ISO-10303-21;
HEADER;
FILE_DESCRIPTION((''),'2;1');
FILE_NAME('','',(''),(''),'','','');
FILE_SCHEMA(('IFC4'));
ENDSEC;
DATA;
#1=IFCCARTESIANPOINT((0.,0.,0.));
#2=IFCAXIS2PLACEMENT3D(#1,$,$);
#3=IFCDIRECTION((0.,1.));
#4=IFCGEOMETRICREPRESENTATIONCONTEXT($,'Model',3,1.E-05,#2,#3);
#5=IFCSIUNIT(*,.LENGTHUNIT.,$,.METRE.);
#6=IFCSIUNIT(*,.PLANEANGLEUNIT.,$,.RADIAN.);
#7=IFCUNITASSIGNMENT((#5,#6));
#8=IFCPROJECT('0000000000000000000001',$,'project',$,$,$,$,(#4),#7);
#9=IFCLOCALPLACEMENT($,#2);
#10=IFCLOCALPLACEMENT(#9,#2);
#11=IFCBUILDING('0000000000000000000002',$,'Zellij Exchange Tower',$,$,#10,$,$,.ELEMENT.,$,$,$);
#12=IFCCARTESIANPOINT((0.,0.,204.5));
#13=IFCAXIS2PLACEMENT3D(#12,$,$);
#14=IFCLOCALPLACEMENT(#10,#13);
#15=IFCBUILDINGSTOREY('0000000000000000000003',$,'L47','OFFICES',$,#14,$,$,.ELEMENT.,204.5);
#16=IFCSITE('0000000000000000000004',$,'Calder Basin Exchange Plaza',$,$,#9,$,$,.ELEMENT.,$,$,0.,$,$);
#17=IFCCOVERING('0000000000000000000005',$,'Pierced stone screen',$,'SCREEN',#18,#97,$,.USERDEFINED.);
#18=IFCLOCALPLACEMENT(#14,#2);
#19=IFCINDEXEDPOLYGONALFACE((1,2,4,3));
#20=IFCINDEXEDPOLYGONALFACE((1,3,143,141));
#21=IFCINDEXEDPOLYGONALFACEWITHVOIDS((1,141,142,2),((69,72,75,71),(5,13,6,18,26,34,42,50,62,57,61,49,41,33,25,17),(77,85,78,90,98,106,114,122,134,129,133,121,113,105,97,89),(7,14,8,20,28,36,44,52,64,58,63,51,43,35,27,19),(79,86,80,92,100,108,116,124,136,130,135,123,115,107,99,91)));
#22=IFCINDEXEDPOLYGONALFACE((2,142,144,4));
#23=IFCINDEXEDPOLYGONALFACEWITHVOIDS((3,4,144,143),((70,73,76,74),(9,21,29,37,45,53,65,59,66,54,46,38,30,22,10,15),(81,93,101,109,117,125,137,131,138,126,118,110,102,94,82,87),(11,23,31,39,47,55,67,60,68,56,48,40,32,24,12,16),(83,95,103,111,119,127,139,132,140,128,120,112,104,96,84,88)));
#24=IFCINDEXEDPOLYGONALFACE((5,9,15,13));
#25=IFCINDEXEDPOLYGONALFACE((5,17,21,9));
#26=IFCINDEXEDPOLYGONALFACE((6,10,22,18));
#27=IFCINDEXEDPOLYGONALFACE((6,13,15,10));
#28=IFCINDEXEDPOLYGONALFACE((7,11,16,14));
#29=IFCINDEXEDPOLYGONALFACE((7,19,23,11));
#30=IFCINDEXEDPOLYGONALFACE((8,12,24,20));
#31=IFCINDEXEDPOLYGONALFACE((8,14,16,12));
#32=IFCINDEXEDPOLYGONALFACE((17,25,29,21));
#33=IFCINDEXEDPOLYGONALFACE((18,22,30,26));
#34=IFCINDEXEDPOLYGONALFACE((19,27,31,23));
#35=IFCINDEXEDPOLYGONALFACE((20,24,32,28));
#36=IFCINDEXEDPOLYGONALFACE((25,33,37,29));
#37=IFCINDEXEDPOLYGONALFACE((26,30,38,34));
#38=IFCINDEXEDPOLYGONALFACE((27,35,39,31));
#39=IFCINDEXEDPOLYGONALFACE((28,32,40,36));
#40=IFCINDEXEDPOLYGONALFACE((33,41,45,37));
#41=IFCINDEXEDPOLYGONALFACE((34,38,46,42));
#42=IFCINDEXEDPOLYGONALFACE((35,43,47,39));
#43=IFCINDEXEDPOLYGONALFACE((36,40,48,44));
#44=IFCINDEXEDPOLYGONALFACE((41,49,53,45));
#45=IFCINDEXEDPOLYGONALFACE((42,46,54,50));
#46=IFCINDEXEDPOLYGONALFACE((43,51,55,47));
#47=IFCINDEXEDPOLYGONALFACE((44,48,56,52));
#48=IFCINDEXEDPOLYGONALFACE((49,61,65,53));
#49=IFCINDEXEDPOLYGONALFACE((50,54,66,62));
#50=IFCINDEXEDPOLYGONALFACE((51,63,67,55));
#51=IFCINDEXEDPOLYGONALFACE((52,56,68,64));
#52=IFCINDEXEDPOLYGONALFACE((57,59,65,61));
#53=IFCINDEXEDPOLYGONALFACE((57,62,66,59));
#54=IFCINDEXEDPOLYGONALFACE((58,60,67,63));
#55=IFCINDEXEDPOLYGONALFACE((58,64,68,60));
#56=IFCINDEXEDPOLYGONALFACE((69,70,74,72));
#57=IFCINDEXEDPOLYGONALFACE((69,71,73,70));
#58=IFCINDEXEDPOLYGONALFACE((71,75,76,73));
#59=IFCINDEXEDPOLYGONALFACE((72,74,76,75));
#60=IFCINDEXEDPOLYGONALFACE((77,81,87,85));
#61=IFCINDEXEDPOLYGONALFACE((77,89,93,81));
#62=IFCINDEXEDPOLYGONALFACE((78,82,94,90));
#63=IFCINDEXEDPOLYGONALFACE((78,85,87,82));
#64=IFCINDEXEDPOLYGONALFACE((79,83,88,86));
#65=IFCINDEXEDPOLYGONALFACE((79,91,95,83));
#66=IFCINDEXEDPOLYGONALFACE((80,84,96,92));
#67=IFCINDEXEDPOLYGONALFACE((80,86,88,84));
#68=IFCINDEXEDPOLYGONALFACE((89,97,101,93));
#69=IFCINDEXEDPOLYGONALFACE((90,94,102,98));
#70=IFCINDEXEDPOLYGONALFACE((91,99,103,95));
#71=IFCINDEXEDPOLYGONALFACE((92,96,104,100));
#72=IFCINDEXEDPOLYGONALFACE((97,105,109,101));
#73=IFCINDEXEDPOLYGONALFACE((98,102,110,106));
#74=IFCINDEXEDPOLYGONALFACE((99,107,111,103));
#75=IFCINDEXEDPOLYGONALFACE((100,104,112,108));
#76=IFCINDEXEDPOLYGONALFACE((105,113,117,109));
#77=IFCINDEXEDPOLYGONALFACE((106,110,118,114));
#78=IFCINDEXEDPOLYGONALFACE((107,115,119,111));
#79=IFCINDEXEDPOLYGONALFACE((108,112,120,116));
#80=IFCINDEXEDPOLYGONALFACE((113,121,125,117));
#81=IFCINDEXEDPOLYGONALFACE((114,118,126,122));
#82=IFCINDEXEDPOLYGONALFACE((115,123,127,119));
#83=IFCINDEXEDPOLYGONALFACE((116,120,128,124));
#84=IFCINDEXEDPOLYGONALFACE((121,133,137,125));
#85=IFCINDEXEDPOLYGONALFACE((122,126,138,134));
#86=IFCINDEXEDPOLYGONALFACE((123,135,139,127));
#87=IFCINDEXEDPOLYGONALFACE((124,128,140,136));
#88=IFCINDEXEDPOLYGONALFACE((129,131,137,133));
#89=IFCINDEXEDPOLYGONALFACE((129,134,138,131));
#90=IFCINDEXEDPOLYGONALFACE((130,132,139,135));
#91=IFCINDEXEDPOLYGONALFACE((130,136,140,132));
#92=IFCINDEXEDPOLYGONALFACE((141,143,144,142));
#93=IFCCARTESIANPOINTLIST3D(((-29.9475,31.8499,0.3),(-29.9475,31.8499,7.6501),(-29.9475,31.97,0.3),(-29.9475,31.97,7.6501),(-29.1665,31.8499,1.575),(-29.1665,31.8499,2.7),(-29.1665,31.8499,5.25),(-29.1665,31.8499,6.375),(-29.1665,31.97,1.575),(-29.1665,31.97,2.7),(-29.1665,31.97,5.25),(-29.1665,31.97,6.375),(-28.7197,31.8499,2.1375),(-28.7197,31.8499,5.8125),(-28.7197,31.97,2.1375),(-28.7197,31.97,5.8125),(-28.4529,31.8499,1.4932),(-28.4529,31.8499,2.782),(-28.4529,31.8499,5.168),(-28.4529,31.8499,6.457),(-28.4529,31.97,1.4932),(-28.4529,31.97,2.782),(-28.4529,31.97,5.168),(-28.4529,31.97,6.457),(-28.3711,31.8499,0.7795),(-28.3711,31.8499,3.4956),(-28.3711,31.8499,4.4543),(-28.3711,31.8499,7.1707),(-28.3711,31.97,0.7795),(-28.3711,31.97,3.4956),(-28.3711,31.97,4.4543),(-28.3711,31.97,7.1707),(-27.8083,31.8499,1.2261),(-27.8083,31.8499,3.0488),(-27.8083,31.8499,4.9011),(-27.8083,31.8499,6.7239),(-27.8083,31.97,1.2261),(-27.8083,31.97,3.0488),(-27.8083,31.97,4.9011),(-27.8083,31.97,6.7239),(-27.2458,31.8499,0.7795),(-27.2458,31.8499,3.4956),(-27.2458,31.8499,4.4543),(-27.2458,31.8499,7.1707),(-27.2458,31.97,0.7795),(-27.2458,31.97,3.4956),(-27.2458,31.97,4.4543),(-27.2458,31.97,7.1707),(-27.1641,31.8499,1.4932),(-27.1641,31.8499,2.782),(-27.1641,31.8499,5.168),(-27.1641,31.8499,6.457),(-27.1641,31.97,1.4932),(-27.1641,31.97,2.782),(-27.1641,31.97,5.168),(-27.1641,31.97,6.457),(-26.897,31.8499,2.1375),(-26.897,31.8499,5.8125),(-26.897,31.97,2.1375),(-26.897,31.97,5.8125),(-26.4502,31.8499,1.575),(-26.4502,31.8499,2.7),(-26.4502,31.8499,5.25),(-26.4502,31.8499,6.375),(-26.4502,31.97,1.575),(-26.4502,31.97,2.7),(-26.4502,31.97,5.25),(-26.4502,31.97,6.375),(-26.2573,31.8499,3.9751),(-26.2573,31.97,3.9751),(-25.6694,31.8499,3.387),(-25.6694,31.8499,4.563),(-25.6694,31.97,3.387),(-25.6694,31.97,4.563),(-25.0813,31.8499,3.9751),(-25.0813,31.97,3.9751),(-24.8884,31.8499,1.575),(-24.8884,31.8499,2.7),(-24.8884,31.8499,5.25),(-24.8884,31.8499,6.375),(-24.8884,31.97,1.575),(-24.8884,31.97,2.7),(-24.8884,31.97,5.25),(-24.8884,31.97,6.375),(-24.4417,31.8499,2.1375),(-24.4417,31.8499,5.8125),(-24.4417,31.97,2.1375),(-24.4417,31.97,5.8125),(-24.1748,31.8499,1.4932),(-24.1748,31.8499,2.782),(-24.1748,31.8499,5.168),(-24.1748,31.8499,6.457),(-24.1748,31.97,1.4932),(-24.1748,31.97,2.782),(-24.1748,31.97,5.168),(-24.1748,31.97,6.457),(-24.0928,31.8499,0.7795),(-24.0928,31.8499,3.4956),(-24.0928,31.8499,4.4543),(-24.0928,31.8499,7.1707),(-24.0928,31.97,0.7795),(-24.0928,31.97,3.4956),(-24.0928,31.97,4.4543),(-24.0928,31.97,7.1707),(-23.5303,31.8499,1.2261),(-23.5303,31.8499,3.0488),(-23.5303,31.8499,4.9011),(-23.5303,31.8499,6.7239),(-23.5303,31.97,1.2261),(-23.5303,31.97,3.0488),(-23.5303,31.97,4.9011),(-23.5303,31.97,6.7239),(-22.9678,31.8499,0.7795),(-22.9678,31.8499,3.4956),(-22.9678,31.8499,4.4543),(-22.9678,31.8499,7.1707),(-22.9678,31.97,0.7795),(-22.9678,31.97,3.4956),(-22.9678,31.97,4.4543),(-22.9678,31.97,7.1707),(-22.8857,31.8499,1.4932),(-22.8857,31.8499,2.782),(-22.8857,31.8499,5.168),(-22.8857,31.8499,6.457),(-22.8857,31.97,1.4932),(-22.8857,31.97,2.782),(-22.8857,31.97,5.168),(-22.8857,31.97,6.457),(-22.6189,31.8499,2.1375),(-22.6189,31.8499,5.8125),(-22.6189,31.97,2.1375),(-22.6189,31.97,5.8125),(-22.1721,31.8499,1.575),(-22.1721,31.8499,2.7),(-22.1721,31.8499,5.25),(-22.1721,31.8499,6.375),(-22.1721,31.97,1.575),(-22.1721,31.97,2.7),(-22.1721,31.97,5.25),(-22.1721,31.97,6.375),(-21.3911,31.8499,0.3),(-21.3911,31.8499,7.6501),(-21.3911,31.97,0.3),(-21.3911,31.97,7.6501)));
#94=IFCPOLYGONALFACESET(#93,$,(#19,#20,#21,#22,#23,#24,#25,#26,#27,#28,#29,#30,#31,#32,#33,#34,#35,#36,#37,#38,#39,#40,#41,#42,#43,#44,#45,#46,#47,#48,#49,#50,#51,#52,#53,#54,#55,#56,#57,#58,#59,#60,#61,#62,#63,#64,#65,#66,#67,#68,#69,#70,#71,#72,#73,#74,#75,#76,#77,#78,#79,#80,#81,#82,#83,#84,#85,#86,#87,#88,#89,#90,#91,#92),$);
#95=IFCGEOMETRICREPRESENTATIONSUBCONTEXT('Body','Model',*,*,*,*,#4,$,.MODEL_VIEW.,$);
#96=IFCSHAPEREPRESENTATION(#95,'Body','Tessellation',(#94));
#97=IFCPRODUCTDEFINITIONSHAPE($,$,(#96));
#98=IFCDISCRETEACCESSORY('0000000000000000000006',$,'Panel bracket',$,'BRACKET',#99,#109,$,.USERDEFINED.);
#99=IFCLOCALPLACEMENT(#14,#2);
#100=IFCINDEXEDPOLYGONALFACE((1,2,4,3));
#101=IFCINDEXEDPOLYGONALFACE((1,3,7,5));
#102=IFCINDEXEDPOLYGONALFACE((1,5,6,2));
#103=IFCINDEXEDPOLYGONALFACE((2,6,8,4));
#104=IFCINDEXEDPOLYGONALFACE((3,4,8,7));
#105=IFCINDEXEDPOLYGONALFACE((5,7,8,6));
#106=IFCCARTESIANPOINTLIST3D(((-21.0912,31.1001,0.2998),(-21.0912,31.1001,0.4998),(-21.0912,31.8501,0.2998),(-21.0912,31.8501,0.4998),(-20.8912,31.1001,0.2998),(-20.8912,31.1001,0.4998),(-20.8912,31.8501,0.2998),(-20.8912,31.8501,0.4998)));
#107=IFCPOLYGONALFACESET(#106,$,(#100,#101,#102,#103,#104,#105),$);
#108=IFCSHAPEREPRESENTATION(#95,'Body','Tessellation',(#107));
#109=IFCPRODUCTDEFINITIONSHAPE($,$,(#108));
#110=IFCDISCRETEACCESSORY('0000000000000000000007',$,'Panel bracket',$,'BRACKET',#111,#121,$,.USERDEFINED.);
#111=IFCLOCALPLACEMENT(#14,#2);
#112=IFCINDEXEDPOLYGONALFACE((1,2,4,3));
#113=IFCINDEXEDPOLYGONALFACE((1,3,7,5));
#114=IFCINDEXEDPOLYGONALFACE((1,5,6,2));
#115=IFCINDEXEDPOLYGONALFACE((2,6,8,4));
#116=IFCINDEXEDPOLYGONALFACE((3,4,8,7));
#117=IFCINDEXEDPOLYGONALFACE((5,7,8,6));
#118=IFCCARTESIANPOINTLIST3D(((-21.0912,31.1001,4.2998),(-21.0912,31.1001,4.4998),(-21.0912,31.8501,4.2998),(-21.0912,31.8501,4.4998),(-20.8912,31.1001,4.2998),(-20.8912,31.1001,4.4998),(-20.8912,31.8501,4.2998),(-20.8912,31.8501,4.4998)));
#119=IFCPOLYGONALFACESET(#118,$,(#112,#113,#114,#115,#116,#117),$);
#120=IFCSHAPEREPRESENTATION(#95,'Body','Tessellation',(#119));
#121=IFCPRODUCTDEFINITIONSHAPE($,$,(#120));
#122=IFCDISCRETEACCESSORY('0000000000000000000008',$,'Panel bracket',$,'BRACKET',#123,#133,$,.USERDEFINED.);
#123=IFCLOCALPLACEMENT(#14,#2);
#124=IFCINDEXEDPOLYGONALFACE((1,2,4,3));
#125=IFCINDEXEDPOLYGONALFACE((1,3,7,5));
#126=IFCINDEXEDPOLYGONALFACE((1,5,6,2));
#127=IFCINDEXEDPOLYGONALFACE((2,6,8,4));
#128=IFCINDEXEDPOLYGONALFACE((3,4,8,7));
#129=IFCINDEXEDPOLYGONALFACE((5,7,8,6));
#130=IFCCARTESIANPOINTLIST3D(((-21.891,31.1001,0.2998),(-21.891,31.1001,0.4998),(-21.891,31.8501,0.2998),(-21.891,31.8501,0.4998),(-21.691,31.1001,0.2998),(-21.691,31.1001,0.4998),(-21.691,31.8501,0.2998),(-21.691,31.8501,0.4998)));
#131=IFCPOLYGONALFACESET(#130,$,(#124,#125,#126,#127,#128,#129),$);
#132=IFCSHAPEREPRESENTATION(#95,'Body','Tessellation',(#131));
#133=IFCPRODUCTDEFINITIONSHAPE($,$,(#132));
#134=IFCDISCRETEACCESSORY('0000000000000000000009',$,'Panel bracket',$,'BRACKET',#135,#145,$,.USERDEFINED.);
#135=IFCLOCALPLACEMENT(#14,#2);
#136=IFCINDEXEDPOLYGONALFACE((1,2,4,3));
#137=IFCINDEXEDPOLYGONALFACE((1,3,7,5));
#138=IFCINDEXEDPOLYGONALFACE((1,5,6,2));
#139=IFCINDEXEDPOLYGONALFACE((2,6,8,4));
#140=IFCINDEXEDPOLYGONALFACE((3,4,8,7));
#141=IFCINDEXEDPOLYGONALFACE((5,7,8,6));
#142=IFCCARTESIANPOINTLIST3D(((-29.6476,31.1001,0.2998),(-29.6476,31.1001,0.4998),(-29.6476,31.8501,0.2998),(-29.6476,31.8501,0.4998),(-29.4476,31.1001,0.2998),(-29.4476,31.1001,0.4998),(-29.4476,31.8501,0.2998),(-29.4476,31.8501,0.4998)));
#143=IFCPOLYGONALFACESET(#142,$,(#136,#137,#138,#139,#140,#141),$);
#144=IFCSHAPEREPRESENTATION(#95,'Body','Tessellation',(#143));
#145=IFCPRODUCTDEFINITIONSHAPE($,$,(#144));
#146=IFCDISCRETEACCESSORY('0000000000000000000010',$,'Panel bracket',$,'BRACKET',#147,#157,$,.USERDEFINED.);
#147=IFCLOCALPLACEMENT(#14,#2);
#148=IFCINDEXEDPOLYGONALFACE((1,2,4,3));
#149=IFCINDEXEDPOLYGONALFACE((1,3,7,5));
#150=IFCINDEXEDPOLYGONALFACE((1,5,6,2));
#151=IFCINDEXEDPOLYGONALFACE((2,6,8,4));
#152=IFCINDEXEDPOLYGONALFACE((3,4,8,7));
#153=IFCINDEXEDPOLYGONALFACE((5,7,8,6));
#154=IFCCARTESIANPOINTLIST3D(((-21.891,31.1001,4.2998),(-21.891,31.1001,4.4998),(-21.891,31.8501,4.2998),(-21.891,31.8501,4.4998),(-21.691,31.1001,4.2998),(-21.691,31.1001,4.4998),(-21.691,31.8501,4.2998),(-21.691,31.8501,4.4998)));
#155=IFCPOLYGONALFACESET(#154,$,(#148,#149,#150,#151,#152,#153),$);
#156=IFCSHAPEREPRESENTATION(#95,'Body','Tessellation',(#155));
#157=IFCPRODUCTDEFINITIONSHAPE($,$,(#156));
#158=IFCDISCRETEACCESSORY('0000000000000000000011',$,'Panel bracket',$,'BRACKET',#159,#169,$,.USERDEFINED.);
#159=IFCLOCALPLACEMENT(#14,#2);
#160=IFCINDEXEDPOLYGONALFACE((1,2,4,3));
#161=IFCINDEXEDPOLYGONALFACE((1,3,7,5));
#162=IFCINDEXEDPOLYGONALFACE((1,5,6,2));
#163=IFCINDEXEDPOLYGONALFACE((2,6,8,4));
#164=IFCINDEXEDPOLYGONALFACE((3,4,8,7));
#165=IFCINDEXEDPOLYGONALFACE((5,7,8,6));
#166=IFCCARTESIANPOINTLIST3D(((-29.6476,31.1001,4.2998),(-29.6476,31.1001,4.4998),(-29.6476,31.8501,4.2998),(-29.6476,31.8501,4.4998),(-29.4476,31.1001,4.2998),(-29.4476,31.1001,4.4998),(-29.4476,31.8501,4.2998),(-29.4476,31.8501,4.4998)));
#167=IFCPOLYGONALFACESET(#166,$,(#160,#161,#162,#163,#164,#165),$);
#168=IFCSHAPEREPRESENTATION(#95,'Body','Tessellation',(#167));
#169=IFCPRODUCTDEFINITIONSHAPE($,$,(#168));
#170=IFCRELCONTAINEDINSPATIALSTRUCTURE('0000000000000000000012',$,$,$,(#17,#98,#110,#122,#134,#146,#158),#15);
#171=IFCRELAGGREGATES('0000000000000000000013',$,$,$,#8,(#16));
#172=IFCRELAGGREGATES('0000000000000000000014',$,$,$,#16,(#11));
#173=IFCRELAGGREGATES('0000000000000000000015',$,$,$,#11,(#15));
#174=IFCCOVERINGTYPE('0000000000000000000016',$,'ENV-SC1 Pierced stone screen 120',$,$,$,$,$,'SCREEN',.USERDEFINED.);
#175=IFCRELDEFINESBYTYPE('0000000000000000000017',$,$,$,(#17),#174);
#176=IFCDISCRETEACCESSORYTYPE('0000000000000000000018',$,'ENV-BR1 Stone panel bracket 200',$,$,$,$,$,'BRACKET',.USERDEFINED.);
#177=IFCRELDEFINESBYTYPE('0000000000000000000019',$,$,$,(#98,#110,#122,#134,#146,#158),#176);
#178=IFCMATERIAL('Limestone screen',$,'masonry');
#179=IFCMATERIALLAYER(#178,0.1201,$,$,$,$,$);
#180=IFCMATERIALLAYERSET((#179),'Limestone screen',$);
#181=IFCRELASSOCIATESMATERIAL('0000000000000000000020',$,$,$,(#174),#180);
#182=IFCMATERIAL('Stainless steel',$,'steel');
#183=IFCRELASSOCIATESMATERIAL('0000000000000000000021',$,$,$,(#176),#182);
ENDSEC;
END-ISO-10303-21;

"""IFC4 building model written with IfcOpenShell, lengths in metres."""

from ifc_helpers import new_model, si_unit, direction, frame, origin, origin_2d, place, context, subcontext, project, spatial, polyline, rectangle, outline, extrude, material, layer, layer_set, type_object, element, save


model = new_model("IFC4")

# Units and contexts
model_context = context("Model", 3, precision=1e-05, world=origin(), true_north=direction((0.0, 1.0)))
body_context = subcontext(model_context, "Body", "Model", "MODEL_VIEW")
ifc_project = project(units=[si_unit("LENGTHUNIT", "METRE"), si_unit("PLANEANGLEUNIT", "RADIAN")], contexts=[model_context])

# Site, building, storey
site_placement = place(None, origin())
site = spatial("IfcSite", under=ifc_project, at=site_placement, Name="Calder Basin Exchange Plaza", CompositionType="ELEMENT", RefElevation=0.0)
building_placement = place(site_placement, origin())
building = spatial("IfcBuilding", under=site, at=building_placement, Name="Zellij Exchange Tower", CompositionType="ELEMENT")
storey_placement = place(building_placement, frame((0.0, 0.0, 204.5)))
storey = spatial("IfcBuildingStorey", under=building, at=storey_placement, Name="L47", Description="OFFICES", CompositionType="ELEMENT", Elevation=204.5)

# Covering
ifc_material_1 = material(Name="Limestone screen", Category="masonry")
ifc_layer_1 = layer(ifc_material_1, 0.1201)
ifc_layer_set_1 = layer_set([ifc_layer_1], Name="Limestone screen")
covering_type = type_object("IfcCoveringType", Name="ENV-SC1 Pierced stone screen 120", ElementType="SCREEN", PredefinedType="USERDEFINED", material=ifc_layer_set_1)
covering_placement = place(storey_placement, frame((-21.3911, 31.9099, 0.3), z_axis=(0.0, 0.0, 1.0), x_axis=(-1.0, 0.0, 0.0)))
element("IfcCovering", 1, at=covering_placement, inside=storey, type_object=covering_type, Name="Pierced stone screen", ObjectType="SCREEN", PredefinedType="USERDEFINED", context=body_context, shape_type="SweptSolid", body=[
    extrude(outline(polyline([(0.0, 0.0), (8.5564, 0.0), (8.5564, 7.3501), (0.0, 7.3501), (0.0, 0.0)]), holes=[polyline([(3.4973, 2.3999), (2.7837, 2.4819), (2.7017, 3.1956), (2.1392, 2.7488), (1.5767, 3.1956), (1.4946, 2.4819), (0.781, 2.3999), (1.2278, 1.8374), (0.781, 1.2749), (1.4946, 1.1931), (1.5767, 0.4795), (2.1392, 0.926), (2.7017, 0.4795), (2.7837, 1.1931), (3.4973, 1.2749), (3.0505, 1.8374), (3.4973, 2.3999)]), polyline([(3.4973, 6.075), (2.7837, 6.157), (2.7017, 6.8706), (2.1392, 6.4238), (1.5767, 6.8706), (1.4946, 6.157), (0.781, 6.075), (1.2278, 5.5125), (0.781, 4.95), (1.4946, 4.8679), (1.5767, 4.1543), (2.1392, 4.6011), (2.7017, 4.1543), (2.7837, 4.8679), (3.4973, 4.95), (3.0505, 5.5125), (3.4973, 6.075)]), polyline([(7.7754, 2.3999), (7.0618, 2.4819), (6.98, 3.1956), (6.4172, 2.7488), (5.8547, 3.1956), (5.7729, 2.4819), (5.0591, 2.3999), (5.5059, 1.8374), (5.0591, 1.2749), (5.7729, 1.1931), (5.8547, 0.4795), (6.4172, 0.926), (6.98, 0.4795), (7.0618, 1.1931), (7.7754, 1.2749), (7.3286, 1.8374), (7.7754, 2.3999)]), polyline([(7.7754, 6.075), (7.0618, 6.157), (6.98, 6.8706), (6.4172, 6.4238), (5.8547, 6.8706), (5.7729, 6.157), (5.0591, 6.075), (5.5059, 5.5125), (5.0591, 4.95), (5.7729, 4.8679), (5.8547, 4.1543), (6.4172, 4.6011), (6.98, 4.1543), (7.0618, 4.8679), (7.7754, 4.95), (7.3286, 5.5125), (7.7754, 6.075)]), polyline([(4.8662, 3.675), (4.2783, 4.2629), (3.6902, 3.675), (4.2783, 3.0869), (4.8662, 3.675)])]), frame((0.0, 0.0601, 0.0), z_axis=(0.0, -1.0, 0.0), x_axis=(1.0, 0.0, 0.0)), (0.0, 0.0, 1.0), 0.1201),
])

# Discrete accessories
ifc_material_2 = material(Name="Stainless steel", Category="steel")
discrete_accessory_type = type_object("IfcDiscreteAccessoryType", Name="ENV-BR1 Stone panel bracket 200", ElementType="BRACKET", PredefinedType="USERDEFINED", material=ifc_material_2)
for number, where, z_axis, x_axis, name in (
    (2, (-20.9912, 31.4751, 0.2998), (0.0, 0.0, 1.0), (-1.0, 0.0, 0.0), "Panel bracket"),
    (3, (-20.9912, 31.4751, 4.2998), (0.0, 0.0, 1.0), (-1.0, 0.0, 0.0), "Panel bracket"),
    (4, (-21.791, 31.4751, 0.2998), (0.0, 0.0, 1.0), (-1.0, 0.0, 0.0), "Panel bracket"),
    (5, (-29.5476, 31.4751, 0.2998), (0.0, 0.0, 1.0), (-1.0, 0.0, 0.0), "Panel bracket"),
    (6, (-21.791, 31.4751, 4.2998), (0.0, 0.0, 1.0), (-1.0, 0.0, 0.0), "Panel bracket"),
    (7, (-29.5476, 31.4751, 4.2998), (0.0, 0.0, 1.0), (-1.0, 0.0, 0.0), "Panel bracket"),
):
    element("IfcDiscreteAccessory", number, at=place(storey_placement, frame(where, z_axis=z_axis, x_axis=x_axis)), inside=storey, type_object=discrete_accessory_type, Name=name, ObjectType="BRACKET", PredefinedType="USERDEFINED", context=body_context, shape_type="SweptSolid", body=[
        extrude(rectangle(XDim=0.2, YDim=0.75, at=origin_2d()), origin(), (0.0, 0.0, 1.0), 0.2),
    ])

save(model, "model.ifc")
